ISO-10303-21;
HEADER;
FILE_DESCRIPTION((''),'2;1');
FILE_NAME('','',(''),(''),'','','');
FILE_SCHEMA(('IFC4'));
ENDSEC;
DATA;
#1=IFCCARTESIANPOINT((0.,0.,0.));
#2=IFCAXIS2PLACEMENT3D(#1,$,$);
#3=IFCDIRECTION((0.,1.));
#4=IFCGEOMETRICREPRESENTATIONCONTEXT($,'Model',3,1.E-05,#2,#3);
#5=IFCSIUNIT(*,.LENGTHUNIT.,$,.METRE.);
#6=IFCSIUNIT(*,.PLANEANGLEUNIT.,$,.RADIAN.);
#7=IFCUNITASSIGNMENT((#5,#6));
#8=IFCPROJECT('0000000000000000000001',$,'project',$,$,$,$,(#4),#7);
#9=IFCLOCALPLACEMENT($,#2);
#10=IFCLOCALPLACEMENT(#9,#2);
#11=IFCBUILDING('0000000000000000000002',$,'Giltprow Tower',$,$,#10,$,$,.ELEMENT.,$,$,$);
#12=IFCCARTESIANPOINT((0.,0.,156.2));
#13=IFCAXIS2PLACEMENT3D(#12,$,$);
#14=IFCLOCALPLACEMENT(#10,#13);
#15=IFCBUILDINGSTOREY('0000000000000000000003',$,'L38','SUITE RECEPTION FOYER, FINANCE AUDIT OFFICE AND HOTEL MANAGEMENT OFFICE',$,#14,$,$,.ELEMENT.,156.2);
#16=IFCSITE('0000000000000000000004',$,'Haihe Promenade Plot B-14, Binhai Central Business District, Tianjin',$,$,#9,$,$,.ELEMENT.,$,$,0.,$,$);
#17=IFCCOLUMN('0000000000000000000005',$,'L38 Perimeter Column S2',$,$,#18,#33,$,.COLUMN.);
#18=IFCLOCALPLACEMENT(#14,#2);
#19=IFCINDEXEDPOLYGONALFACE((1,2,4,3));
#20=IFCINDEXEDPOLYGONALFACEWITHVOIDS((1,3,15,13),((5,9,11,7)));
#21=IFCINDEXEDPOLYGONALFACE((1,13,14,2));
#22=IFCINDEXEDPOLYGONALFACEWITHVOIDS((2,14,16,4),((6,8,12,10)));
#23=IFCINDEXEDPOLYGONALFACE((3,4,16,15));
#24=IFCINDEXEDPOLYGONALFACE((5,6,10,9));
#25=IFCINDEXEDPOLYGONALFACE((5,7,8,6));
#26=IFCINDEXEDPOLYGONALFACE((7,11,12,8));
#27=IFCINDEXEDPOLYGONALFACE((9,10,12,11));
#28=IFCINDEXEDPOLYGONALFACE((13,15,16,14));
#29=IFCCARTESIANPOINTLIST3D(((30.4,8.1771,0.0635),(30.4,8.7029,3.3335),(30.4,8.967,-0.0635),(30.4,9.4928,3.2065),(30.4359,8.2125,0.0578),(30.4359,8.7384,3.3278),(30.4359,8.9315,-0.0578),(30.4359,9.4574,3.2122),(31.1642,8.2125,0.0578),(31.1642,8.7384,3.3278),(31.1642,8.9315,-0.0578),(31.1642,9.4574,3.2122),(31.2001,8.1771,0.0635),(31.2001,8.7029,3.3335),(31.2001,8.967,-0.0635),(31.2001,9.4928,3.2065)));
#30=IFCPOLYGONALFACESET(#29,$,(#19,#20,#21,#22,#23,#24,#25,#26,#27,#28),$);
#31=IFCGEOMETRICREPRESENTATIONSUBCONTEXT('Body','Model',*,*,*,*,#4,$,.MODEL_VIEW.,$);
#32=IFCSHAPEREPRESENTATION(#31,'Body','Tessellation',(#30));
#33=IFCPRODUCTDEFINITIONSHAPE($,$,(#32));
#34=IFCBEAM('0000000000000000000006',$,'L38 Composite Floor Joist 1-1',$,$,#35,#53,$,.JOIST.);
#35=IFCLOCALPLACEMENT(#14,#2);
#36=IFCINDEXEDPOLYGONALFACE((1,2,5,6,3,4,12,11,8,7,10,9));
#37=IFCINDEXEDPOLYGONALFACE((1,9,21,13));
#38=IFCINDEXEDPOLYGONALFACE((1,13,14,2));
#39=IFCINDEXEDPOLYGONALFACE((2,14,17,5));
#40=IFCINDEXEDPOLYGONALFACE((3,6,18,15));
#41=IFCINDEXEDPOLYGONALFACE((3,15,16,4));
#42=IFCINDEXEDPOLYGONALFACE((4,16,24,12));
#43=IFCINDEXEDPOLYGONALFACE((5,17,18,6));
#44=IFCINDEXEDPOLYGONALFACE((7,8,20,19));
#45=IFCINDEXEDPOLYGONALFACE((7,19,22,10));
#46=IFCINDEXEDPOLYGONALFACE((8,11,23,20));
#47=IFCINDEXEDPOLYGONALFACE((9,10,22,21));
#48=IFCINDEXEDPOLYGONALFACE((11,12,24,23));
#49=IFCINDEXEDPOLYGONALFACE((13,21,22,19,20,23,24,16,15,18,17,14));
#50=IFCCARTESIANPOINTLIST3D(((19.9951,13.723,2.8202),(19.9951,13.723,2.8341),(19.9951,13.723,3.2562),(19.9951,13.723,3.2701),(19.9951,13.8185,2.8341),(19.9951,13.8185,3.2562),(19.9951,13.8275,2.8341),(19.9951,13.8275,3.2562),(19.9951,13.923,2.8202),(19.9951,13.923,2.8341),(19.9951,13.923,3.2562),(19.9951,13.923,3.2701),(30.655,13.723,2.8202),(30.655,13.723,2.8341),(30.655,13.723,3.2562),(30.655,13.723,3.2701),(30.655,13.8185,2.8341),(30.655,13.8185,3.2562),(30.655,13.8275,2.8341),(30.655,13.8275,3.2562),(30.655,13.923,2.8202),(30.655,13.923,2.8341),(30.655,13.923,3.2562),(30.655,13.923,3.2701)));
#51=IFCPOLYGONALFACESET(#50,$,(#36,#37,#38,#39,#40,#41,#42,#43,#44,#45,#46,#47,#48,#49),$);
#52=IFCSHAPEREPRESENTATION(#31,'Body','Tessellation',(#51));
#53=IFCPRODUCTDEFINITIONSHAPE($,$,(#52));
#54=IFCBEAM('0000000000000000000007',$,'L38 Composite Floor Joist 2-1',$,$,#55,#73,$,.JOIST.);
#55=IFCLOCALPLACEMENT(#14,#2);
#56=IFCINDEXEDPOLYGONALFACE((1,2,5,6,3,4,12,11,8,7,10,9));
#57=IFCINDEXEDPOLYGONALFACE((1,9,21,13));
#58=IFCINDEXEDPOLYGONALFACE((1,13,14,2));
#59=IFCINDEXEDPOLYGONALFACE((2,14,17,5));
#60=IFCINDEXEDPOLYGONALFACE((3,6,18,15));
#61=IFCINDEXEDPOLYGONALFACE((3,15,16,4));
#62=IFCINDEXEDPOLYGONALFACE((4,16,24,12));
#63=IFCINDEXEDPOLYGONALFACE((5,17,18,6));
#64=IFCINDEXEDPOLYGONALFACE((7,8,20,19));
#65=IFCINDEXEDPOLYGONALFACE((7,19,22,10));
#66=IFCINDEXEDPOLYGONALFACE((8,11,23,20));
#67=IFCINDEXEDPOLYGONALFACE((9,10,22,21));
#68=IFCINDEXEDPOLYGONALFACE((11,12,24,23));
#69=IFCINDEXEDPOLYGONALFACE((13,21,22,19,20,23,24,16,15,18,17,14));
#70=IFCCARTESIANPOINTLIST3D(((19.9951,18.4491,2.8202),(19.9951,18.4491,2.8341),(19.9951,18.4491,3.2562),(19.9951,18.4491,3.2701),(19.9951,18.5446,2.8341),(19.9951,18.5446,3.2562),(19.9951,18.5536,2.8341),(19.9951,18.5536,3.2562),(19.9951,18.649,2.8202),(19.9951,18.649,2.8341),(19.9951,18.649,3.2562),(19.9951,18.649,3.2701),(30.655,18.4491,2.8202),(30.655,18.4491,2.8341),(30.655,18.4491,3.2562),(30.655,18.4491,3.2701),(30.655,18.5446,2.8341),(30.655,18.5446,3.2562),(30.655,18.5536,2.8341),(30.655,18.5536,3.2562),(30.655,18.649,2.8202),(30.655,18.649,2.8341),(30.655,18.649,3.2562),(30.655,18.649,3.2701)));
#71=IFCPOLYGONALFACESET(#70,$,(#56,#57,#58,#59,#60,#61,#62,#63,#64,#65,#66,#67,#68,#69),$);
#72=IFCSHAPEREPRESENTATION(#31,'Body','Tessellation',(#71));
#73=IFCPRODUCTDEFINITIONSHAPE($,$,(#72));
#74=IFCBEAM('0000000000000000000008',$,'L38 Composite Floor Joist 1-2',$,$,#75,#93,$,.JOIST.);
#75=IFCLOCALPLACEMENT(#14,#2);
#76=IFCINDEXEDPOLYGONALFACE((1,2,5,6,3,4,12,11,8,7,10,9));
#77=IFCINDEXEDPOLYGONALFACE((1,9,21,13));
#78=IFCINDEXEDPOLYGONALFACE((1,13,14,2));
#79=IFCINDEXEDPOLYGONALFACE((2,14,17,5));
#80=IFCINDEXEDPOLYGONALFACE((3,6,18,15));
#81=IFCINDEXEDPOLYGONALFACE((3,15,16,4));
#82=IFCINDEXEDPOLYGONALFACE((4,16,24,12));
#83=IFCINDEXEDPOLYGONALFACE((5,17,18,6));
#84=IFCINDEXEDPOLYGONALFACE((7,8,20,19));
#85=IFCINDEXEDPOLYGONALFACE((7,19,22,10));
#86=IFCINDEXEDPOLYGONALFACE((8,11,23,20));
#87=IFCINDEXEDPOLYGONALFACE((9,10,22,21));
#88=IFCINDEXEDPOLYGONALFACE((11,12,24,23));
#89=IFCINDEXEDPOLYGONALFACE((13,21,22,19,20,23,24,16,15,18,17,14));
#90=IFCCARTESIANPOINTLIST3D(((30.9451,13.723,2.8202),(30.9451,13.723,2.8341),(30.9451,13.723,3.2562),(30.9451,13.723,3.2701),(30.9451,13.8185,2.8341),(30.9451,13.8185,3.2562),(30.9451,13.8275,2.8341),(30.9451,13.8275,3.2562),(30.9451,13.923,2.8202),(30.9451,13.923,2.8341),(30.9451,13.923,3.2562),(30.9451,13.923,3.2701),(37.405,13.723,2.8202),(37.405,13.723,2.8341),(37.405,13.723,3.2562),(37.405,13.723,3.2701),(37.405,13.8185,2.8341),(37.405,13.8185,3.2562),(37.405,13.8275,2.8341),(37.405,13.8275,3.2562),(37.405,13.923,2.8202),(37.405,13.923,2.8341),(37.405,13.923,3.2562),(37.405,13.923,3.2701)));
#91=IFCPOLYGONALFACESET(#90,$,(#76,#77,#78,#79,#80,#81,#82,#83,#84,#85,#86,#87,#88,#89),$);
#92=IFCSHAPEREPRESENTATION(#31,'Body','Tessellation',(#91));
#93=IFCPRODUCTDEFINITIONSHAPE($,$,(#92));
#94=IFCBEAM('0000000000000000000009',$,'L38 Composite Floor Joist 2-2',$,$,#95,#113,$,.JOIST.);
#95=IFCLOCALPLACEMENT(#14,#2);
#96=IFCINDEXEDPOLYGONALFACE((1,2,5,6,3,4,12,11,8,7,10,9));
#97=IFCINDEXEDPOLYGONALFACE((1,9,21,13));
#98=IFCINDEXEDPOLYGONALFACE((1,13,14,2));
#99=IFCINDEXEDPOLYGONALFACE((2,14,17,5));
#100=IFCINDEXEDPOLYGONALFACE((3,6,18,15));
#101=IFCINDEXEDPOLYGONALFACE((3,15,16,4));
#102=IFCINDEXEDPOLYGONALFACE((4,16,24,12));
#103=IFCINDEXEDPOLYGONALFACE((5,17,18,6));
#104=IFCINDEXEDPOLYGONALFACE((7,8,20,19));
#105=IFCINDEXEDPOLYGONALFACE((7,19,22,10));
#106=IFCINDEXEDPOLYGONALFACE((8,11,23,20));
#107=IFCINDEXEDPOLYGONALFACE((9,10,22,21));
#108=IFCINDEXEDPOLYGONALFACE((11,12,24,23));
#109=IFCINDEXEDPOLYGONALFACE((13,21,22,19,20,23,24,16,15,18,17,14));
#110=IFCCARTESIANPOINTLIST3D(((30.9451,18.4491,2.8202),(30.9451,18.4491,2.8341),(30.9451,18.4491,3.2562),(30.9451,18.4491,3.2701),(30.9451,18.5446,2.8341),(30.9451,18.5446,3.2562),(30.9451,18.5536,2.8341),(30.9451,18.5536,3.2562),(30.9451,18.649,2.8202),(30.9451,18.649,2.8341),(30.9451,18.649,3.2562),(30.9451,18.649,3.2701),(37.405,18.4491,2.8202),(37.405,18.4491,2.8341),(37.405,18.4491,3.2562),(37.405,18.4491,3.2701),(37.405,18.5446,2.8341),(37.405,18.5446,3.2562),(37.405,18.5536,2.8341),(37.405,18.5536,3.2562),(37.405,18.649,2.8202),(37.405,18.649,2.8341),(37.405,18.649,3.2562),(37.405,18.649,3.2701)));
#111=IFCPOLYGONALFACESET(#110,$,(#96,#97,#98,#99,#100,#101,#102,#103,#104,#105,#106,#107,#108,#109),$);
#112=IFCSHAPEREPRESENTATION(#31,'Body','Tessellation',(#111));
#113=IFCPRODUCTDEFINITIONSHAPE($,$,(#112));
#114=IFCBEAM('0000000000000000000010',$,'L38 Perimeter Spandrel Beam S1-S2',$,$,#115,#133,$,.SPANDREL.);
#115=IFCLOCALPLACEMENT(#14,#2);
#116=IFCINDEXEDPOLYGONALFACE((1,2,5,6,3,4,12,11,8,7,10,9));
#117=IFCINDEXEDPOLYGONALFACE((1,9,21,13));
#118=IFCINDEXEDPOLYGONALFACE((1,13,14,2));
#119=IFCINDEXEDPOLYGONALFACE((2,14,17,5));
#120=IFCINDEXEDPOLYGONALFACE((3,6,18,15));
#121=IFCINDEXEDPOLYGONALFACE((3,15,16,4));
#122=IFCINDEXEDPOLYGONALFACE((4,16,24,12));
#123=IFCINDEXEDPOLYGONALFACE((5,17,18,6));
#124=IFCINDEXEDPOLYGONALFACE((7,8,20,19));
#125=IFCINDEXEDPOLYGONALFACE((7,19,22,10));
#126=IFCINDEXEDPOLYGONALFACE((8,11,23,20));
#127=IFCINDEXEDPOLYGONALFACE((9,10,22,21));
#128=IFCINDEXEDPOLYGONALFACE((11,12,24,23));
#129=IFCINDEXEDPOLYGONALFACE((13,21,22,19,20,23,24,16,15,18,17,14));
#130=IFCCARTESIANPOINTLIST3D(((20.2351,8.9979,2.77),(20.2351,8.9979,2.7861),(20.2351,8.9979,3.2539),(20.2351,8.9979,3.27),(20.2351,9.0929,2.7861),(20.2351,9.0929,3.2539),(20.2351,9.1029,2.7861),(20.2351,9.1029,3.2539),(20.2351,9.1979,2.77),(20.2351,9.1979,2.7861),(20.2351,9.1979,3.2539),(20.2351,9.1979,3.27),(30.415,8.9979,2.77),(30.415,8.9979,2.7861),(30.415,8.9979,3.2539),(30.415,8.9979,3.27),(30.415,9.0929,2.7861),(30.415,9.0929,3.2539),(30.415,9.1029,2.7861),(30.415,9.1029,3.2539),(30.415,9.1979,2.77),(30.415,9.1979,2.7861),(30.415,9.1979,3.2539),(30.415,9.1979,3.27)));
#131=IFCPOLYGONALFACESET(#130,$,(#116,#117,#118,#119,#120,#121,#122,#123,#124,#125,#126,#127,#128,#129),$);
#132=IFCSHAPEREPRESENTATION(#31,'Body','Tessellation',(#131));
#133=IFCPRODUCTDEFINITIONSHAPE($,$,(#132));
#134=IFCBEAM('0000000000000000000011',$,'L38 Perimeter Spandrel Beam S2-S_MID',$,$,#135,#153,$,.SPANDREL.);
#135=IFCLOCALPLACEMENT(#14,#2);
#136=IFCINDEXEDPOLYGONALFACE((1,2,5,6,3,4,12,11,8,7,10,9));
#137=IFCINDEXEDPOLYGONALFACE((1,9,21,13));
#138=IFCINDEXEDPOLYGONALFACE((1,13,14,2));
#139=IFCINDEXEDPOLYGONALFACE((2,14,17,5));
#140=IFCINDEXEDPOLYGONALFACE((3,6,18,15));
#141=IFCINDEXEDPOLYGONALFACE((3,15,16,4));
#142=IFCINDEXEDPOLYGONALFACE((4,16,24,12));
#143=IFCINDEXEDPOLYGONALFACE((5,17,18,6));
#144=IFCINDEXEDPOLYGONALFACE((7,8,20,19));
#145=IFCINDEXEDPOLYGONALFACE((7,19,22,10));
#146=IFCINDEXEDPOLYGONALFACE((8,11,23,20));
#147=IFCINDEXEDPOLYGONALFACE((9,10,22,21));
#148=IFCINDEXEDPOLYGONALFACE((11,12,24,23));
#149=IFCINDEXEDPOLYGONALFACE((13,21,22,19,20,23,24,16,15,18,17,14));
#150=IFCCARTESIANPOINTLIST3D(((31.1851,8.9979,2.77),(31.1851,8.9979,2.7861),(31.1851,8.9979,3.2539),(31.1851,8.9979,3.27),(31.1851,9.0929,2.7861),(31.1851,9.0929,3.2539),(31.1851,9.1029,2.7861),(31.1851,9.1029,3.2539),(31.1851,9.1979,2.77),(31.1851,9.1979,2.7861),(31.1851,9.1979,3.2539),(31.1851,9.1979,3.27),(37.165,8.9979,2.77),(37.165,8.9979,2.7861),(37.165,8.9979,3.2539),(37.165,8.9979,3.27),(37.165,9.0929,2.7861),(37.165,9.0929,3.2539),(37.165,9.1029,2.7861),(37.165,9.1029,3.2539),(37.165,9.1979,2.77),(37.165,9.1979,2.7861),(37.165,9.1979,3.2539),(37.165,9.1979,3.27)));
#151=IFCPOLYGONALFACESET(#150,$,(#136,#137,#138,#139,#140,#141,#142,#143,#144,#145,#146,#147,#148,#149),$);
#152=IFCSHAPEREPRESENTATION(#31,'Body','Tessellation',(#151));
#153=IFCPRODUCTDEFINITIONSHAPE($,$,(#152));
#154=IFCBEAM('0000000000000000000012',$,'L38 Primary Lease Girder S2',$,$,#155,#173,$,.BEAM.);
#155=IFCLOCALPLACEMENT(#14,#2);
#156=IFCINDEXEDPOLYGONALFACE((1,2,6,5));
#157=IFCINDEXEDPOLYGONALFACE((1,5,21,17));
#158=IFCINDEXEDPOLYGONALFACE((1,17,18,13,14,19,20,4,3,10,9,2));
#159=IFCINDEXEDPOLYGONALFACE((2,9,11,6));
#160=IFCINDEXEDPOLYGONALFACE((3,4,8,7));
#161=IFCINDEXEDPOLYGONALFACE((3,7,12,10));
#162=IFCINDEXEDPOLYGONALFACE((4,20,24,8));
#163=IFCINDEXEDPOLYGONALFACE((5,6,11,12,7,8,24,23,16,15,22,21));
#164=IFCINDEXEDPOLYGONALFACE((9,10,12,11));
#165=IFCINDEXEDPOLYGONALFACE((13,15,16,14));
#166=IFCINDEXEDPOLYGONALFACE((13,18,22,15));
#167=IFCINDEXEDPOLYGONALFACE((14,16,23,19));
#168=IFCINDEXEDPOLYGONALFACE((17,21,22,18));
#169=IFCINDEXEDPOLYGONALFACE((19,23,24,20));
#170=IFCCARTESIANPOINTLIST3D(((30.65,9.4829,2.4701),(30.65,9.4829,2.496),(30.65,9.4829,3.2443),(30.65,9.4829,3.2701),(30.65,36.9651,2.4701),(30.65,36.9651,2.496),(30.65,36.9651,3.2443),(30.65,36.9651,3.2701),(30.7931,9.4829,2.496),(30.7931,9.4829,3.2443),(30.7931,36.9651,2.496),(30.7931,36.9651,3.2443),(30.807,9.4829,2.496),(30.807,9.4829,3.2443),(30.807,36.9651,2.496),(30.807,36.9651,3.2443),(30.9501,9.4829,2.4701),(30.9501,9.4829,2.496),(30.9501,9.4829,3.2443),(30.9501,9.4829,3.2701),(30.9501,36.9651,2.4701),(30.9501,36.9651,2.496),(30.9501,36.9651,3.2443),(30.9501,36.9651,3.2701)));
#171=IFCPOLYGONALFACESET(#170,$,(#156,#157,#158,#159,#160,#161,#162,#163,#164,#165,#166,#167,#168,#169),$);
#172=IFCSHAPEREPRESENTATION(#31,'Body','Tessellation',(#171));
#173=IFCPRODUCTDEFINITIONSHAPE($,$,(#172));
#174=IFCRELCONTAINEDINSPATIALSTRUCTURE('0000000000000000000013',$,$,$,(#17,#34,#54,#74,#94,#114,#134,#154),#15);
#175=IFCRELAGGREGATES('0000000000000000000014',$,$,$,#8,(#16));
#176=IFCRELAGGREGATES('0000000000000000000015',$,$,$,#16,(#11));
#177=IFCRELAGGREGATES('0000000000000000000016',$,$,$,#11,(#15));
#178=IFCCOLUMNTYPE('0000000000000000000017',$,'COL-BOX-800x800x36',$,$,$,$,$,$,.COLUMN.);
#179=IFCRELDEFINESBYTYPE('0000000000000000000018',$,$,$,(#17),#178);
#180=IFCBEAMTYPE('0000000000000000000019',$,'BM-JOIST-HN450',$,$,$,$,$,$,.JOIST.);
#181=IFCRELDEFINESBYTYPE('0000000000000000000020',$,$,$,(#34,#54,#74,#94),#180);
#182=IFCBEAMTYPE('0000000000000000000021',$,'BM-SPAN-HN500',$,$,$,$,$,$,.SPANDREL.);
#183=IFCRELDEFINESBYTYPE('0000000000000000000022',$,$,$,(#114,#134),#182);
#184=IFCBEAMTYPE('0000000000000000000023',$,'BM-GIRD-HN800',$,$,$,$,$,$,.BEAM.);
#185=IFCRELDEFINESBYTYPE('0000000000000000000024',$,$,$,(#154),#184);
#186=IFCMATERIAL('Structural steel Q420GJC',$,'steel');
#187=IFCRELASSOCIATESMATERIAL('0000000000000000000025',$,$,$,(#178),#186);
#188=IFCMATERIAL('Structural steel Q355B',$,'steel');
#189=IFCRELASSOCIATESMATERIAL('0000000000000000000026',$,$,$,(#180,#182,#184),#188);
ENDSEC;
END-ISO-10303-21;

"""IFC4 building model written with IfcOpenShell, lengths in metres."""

from ifc_helpers import new_model, si_unit, direction, frame, origin, origin_2d, place, context, subcontext, project, spatial, hollow_rectangle, i_section, extrude, source, transform, mapped, material, material_profile, profile_set, type_object, element, save


model = new_model("IFC4")

# Units and contexts
model_context = context("Model", 3, precision=1e-05, world=origin(), true_north=direction((0.0, 1.0)))
body_context = subcontext(model_context, "Body", "Model", "MODEL_VIEW")
ifc_project = project(units=[si_unit("LENGTHUNIT", "METRE"), si_unit("PLANEANGLEUNIT", "RADIAN")], contexts=[model_context])

# Site, building, storey
site_placement = place(None, origin())
site = spatial("IfcSite", under=ifc_project, at=site_placement, Name="Haihe Promenade Plot B-14, Binhai Central Business District, Tianjin", CompositionType="ELEMENT", RefElevation=0.0)
building_placement = place(site_placement, origin())
building = spatial("IfcBuilding", under=site, at=building_placement, Name="Giltprow Tower", CompositionType="ELEMENT")
storey_placement = place(building_placement, frame((0.0, 0.0, 156.2)))
storey = spatial("IfcBuildingStorey", under=building, at=storey_placement, Name="L38", Description="SUITE RECEPTION FOYER, FINANCE AUDIT OFFICE AND HOTEL MANAGEMENT OFFICE", CompositionType="ELEMENT", Elevation=156.2)

# Column
ifc_material_1 = material(Name="Structural steel Q420GJC", Category="steel")
ifc_material_profile_1 = material_profile(ifc_material_1, hollow_rectangle(XDim=0.8, YDim=0.8, WallThickness=0.0359, at=origin_2d()), Name="BOX 800x800x36")
ifc_profile_set_1 = profile_set([ifc_material_profile_1], Name="Structural steel Q420GJC")
column_type = type_object("IfcColumnType", Name="COL-BOX-800x800x36", PredefinedType="COLUMN", material=ifc_profile_set_1)
shared_shape_1 = source(origin(), body_context, "Body", "SweptSolid", [
    extrude(hollow_rectangle(XDim=0.8, YDim=0.8, WallThickness=0.0359, at=origin_2d()), origin(), (0.0, 0.0, 1.0), 3.312),
])
column_placement = place(storey_placement, frame((30.8, 8.572, 0.0), z_axis=(0.0, 0.158778, 0.987314), x_axis=(-1.0, 0.0, 0.0)))
element("IfcColumn", 1, at=column_placement, inside=storey, type_object=column_type, Name="L38 Perimeter Column S2", PredefinedType="COLUMN", context=body_context, shape_type="MappedRepresentation", body=[
    mapped(shared_shape_1, transform((0.0, 0.0, 0.0), x_axis=(1.0, 0.0, 0.0), y_axis=(0.0, 1.0, 0.0), z_axis=(0.0, 0.0, 1.0), scale=1.0)),
])

# Beams
ifc_material_2 = material(Name="Structural steel Q355B", Category="steel")
ifc_material_profile_2 = material_profile(ifc_material_2, i_section(OverallWidth=0.2, OverallDepth=0.45, WebThickness=0.009, FlangeThickness=0.0139, at=origin_2d()), Name="HN 450x200x9x14")
ifc_profile_set_2 = profile_set([ifc_material_profile_2], Name="Structural steel Q355B")
beam_type_1 = type_object("IfcBeamType", Name="BM-JOIST-HN450", PredefinedType="JOIST", material=ifc_profile_set_2)
shared_shape_2 = source(origin(), body_context, "Body", "SweptSolid", [
    extrude(i_section(OverallWidth=0.2, OverallDepth=0.45, WebThickness=0.009, FlangeThickness=0.0139, at=origin_2d()), origin(), (0.0, 0.0, 1.0), 10.6599),
])
for number, where, z_axis, x_axis, name in (
    (2, (19.9951, 13.823, 3.0452), (1.0, 0.0, 0.0), (0.0, 1.0, 0.0), "L38 Composite Floor Joist 1-1"),
    (3, (19.9951, 18.5491, 3.0452), (1.0, 0.0, 0.0), (0.0, 1.0, 0.0), "L38 Composite Floor Joist 2-1"),
):
    element("IfcBeam", number, at=place(storey_placement, frame(where, z_axis=z_axis, x_axis=x_axis)), inside=storey, type_object=beam_type_1, Name=name, PredefinedType="JOIST", context=body_context, shape_type="MappedRepresentation", body=[
        mapped(shared_shape_2, transform((0.0, 0.0, 0.0), x_axis=(1.0, 0.0, 0.0), y_axis=(0.0, 1.0, 0.0), z_axis=(0.0, 0.0, 1.0), scale=1.0)),
    ])
shared_shape_3 = source(origin(), body_context, "Body", "SweptSolid", [
    extrude(i_section(OverallWidth=0.2, OverallDepth=0.45, WebThickness=0.009, FlangeThickness=0.0139, at=origin_2d()), origin(), (0.0, 0.0, 1.0), 6.46),
])
for number, where, z_axis, x_axis, name in (
    (4, (30.9451, 13.823, 3.0452), (1.0, 0.0, 0.0), (0.0, 1.0, 0.0), "L38 Composite Floor Joist 1-2"),
    (5, (30.9451, 18.5491, 3.0452), (1.0, 0.0, 0.0), (0.0, 1.0, 0.0), "L38 Composite Floor Joist 2-2"),
):
    element("IfcBeam", number, at=place(storey_placement, frame(where, z_axis=z_axis, x_axis=x_axis)), inside=storey, type_object=beam_type_1, Name=name, PredefinedType="JOIST", context=body_context, shape_type="MappedRepresentation", body=[
        mapped(shared_shape_3, transform((0.0, 0.0, 0.0), x_axis=(1.0, 0.0, 0.0), y_axis=(0.0, 1.0, 0.0), z_axis=(0.0, 0.0, 1.0), scale=1.0)),
    ])
ifc_material_profile_3 = material_profile(ifc_material_2, i_section(OverallWidth=0.2, OverallDepth=0.5, WebThickness=0.01, FlangeThickness=0.0161, at=origin_2d()), Name="HN 500x200x10x16")
ifc_profile_set_3 = profile_set([ifc_material_profile_3], Name="Structural steel Q355B")
beam_type_2 = type_object("IfcBeamType", Name="BM-SPAN-HN500", PredefinedType="SPANDREL", material=ifc_profile_set_3)
shared_shape_4 = source(origin(), body_context, "Body", "SweptSolid", [
    extrude(i_section(OverallWidth=0.2, OverallDepth=0.5, WebThickness=0.01, FlangeThickness=0.0161, at=origin_2d()), origin(), (0.0, 0.0, 1.0), 10.1799),
])
beam_1_placement = place(storey_placement, frame((20.2351, 9.0979, 3.02), z_axis=(1.0, 0.0, 0.0), x_axis=(0.0, 1.0, 0.0)))
element("IfcBeam", 6, at=beam_1_placement, inside=storey, type_object=beam_type_2, Name="L38 Perimeter Spandrel Beam S1-S2", PredefinedType="SPANDREL", context=body_context, shape_type="MappedRepresentation", body=[
    mapped(shared_shape_4, transform((0.0, 0.0, 0.0), x_axis=(1.0, 0.0, 0.0), y_axis=(0.0, 1.0, 0.0), z_axis=(0.0, 0.0, 1.0), scale=1.0)),
])
shared_shape_5 = source(origin(), body_context, "Body", "SweptSolid", [
    extrude(i_section(OverallWidth=0.2, OverallDepth=0.5, WebThickness=0.01, FlangeThickness=0.0161, at=origin_2d()), origin(), (0.0, 0.0, 1.0), 5.98),
])
beam_2_placement = place(storey_placement, frame((31.1851, 9.0979, 3.02), z_axis=(1.0, 0.0, 0.0), x_axis=(0.0, 1.0, 0.0)))
element("IfcBeam", 7, at=beam_2_placement, inside=storey, type_object=beam_type_2, Name="L38 Perimeter Spandrel Beam S2-S_MID", PredefinedType="SPANDREL", context=body_context, shape_type="MappedRepresentation", body=[
    mapped(shared_shape_5, transform((0.0, 0.0, 0.0), x_axis=(1.0, 0.0, 0.0), y_axis=(0.0, 1.0, 0.0), z_axis=(0.0, 0.0, 1.0), scale=1.0)),
])
ifc_material_profile_4 = material_profile(ifc_material_2, i_section(OverallWidth=0.3, OverallDepth=0.8, WebThickness=0.0139, FlangeThickness=0.0259, at=origin_2d()), Name="HN 800x300x14x26")
ifc_profile_set_4 = profile_set([ifc_material_profile_4], Name="Structural steel Q355B")
beam_type_3 = type_object("IfcBeamType", Name="BM-GIRD-HN800", PredefinedType="BEAM", material=ifc_profile_set_4)
shared_shape_6 = source(origin(), body_context, "Body", "SweptSolid", [
    extrude(i_section(OverallWidth=0.3, OverallDepth=0.8, WebThickness=0.0139, FlangeThickness=0.0259, at=origin_2d()), origin(), (0.0, 0.0, 1.0), 27.4822),
])
beam_3_placement = place(storey_placement, frame((30.8, 9.4829, 2.8701), z_axis=(0.0, 1.0, 0.0), x_axis=(-1.0, 0.0, 0.0)))
element("IfcBeam", 8, at=beam_3_placement, inside=storey, type_object=beam_type_3, Name="L38 Primary Lease Girder S2", PredefinedType="BEAM", context=body_context, shape_type="MappedRepresentation", body=[
    mapped(shared_shape_6, transform((0.0, 0.0, 0.0), x_axis=(1.0, 0.0, 0.0), y_axis=(0.0, 1.0, 0.0), z_axis=(0.0, 0.0, 1.0), scale=1.0)),
])

save(model, "model.ifc")
